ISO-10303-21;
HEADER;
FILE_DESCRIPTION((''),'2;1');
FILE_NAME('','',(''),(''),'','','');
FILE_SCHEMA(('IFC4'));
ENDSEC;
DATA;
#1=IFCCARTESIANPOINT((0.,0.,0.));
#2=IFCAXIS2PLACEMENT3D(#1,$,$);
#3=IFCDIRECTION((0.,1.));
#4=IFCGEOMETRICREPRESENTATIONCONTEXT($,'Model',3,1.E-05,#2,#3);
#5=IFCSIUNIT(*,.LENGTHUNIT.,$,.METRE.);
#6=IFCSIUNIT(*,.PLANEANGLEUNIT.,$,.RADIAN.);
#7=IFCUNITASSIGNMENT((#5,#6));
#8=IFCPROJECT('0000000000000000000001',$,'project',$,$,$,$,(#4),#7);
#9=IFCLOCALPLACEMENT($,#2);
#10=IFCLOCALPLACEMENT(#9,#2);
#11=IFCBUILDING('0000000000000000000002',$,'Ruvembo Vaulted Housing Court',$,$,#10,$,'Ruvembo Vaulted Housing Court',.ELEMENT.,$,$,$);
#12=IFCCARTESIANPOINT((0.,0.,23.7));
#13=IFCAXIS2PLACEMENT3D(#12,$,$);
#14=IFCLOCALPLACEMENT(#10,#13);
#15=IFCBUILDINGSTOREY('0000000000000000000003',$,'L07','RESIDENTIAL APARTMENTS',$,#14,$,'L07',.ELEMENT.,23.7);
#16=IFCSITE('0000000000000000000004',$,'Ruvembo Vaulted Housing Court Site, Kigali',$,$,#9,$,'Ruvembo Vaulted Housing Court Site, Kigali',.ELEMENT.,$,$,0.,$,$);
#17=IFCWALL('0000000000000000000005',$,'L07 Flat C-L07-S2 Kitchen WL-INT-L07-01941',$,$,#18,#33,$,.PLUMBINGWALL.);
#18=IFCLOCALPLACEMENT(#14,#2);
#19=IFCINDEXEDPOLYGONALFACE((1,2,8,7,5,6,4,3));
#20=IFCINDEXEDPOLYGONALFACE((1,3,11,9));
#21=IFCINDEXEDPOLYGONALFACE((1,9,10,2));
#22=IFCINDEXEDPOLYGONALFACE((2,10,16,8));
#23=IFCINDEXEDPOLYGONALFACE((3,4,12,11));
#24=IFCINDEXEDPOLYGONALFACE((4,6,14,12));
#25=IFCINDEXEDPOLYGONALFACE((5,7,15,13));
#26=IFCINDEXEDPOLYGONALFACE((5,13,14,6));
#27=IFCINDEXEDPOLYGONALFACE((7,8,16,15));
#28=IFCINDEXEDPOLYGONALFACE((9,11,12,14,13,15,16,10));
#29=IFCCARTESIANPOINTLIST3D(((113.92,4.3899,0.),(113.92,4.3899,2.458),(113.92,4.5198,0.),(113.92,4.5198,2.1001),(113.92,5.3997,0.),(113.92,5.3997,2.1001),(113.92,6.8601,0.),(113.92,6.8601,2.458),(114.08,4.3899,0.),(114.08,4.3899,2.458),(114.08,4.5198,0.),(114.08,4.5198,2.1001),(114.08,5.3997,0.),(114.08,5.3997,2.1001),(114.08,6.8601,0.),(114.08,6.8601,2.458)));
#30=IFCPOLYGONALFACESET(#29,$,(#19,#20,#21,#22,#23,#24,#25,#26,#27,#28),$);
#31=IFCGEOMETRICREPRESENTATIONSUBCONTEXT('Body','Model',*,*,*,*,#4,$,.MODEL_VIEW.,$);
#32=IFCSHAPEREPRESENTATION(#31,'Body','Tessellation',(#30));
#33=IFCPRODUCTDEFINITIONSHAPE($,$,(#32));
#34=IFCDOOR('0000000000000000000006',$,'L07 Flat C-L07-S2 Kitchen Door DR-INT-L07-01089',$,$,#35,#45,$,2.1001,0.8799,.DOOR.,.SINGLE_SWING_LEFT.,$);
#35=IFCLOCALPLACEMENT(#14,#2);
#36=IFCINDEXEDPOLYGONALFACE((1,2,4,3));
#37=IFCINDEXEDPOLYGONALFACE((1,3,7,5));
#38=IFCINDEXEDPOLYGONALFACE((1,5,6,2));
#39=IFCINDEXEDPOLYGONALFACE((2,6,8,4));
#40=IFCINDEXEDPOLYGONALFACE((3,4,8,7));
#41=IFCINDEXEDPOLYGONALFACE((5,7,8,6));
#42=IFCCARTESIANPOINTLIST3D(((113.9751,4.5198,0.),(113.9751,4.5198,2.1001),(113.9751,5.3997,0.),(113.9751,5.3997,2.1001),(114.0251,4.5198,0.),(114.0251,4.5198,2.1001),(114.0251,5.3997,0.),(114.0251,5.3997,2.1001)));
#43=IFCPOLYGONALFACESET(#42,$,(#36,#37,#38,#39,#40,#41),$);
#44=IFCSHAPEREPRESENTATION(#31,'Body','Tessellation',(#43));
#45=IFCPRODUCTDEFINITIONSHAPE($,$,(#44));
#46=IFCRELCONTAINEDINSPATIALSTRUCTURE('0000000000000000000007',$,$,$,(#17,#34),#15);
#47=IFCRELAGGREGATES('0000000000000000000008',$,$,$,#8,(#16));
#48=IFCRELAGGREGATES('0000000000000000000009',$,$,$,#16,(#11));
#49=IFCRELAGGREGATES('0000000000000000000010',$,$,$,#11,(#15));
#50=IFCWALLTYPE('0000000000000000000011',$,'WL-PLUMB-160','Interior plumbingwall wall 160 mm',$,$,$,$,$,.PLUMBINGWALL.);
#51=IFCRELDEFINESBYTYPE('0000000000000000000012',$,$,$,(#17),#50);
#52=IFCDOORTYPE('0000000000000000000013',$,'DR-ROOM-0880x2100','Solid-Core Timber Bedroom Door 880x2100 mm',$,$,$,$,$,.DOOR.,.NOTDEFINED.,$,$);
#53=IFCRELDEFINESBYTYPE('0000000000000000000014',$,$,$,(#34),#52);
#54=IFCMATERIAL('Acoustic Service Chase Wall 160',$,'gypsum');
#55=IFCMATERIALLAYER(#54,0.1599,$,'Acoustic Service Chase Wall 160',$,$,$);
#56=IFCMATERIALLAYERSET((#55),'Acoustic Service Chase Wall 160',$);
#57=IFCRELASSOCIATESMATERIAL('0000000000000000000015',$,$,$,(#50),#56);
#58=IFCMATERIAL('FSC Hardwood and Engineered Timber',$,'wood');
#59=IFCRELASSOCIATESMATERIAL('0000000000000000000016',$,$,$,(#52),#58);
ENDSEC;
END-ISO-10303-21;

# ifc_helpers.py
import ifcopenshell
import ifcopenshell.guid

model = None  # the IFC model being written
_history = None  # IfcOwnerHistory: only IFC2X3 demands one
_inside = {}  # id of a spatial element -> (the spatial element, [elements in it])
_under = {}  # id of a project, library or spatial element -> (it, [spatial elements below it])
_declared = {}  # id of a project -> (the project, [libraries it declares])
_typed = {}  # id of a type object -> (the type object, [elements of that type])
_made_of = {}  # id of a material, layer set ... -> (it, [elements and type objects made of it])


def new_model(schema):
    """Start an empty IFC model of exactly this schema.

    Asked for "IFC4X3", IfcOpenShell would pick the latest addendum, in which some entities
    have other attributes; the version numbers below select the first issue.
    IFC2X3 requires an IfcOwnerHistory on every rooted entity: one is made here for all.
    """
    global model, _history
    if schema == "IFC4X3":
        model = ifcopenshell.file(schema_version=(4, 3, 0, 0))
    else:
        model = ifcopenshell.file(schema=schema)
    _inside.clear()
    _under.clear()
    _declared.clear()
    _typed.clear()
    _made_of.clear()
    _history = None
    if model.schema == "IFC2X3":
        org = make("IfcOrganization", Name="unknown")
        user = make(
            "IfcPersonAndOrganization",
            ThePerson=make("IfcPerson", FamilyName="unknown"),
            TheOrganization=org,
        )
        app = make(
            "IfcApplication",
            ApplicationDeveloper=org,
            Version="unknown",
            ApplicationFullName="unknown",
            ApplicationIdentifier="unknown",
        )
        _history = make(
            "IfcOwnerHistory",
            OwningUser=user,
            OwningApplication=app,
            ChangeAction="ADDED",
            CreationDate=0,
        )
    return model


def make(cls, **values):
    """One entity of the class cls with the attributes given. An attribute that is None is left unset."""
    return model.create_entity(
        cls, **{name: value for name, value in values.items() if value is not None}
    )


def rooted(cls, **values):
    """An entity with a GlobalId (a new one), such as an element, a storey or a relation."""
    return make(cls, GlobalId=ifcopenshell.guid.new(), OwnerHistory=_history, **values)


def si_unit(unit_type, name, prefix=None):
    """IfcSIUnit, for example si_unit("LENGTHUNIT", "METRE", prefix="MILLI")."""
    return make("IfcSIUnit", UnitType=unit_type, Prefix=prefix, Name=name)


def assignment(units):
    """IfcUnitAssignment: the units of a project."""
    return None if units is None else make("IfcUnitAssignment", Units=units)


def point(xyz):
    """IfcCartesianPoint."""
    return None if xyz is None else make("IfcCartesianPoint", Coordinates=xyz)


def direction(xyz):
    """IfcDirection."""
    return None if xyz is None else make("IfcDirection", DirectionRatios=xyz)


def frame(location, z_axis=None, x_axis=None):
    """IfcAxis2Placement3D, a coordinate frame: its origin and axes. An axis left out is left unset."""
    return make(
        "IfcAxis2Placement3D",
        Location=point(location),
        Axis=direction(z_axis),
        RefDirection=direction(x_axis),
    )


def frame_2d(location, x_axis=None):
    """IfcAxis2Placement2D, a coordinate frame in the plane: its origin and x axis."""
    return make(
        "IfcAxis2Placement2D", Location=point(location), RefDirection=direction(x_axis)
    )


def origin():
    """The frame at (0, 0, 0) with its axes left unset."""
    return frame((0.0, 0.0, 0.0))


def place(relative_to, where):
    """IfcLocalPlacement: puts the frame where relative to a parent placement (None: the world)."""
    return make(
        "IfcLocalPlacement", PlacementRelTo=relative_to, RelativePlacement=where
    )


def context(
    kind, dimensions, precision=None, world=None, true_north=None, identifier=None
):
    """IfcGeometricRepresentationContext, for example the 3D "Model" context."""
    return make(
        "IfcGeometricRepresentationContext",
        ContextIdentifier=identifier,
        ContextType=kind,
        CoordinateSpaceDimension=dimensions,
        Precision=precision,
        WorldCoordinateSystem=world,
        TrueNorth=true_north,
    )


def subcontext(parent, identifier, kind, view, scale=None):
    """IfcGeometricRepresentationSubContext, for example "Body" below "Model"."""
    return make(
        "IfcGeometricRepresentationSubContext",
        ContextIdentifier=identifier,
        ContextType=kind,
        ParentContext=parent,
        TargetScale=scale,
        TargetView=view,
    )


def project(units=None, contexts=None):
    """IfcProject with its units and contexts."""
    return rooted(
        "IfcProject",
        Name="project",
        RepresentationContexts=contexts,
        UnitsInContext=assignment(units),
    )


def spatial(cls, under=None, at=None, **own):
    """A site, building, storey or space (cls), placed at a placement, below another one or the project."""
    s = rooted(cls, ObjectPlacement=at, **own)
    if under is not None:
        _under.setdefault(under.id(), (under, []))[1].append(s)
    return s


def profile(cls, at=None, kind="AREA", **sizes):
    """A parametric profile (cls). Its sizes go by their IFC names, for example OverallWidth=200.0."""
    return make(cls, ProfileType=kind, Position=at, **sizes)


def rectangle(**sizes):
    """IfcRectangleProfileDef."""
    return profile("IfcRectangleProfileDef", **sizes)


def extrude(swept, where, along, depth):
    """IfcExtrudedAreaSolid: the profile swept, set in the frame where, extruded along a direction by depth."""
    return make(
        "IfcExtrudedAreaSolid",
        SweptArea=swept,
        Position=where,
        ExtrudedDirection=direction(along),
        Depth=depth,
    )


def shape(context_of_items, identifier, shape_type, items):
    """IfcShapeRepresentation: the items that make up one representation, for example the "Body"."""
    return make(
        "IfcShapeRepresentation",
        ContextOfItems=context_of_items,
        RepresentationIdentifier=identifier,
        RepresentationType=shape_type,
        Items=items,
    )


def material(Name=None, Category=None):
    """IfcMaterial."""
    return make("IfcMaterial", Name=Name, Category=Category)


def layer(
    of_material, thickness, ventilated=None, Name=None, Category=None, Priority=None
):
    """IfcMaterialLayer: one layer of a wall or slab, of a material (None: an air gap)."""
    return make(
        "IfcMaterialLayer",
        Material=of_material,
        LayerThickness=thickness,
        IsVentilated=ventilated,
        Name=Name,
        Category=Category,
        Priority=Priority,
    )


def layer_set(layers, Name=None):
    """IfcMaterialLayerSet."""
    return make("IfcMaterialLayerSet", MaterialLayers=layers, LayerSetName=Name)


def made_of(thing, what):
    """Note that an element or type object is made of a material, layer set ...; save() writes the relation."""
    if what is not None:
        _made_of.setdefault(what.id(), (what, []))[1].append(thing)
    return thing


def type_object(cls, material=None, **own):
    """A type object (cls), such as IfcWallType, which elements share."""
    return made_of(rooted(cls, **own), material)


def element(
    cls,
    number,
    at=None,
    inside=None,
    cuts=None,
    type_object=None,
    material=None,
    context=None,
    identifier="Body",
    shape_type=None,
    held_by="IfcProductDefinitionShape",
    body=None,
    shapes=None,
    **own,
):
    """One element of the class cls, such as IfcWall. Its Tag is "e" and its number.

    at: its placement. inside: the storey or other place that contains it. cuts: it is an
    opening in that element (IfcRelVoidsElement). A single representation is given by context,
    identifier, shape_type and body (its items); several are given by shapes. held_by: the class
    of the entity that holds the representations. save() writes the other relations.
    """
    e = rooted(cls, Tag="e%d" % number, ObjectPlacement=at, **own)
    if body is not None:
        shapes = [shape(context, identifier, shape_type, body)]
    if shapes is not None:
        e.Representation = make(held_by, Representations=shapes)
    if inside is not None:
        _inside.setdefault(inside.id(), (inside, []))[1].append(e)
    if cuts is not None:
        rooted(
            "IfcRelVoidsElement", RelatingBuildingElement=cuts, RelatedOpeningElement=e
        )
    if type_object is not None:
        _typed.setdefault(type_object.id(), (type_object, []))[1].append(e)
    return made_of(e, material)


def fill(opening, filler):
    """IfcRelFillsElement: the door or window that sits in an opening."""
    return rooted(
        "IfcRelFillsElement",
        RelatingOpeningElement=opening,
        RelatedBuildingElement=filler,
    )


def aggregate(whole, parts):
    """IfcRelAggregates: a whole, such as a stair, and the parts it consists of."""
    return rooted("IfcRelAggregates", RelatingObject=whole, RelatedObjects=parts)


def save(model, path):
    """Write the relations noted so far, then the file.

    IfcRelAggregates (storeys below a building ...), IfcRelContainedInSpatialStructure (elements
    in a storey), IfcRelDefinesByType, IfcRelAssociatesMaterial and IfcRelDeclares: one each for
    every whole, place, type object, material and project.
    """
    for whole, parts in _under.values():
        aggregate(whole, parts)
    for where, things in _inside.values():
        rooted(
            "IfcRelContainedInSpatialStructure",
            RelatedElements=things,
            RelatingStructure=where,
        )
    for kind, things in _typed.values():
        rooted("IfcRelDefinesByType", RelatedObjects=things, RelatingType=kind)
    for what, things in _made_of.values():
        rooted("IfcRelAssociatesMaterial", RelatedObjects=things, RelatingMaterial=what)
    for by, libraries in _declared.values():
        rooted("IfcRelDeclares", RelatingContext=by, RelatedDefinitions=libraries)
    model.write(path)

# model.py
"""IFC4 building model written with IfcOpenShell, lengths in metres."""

from ifc_helpers import new_model, si_unit, direction, frame, frame_2d, origin, place, context, subcontext, project, spatial, rectangle, extrude, material, layer, layer_set, type_object, element, fill, save


model = new_model("IFC4")

# Units and contexts
model_context = context("Model", 3, precision=1e-05, world=origin(), true_north=direction((0.0, 1.0)))
body_context = subcontext(model_context, "Body", "Model", "MODEL_VIEW")
ifc_project = project(units=[si_unit("LENGTHUNIT", "METRE"), si_unit("PLANEANGLEUNIT", "RADIAN")], contexts=[model_context])

# Site, building, storey
site_placement = place(None, origin())
site = spatial("IfcSite", under=ifc_project, at=site_placement, Name="Ruvembo Vaulted Housing Court Site, Kigali", LongName="Ruvembo Vaulted Housing Court Site, Kigali", CompositionType="ELEMENT", RefElevation=0.0)
building_placement = place(site_placement, origin())
building = spatial("IfcBuilding", under=site, at=building_placement, Name="Ruvembo Vaulted Housing Court", LongName="Ruvembo Vaulted Housing Court", CompositionType="ELEMENT")
storey_placement = place(building_placement, frame((0.0, 0.0, 23.7)))
storey = spatial("IfcBuildingStorey", under=building, at=storey_placement, Name="L07", Description="RESIDENTIAL APARTMENTS", LongName="L07", CompositionType="ELEMENT", Elevation=23.7)

# Shared definitions
ifc_material_1 = material(Name="FSC Hardwood and Engineered Timber", Category="wood")

# Wall, opening, door
ifc_material_2 = material(Name="Acoustic Service Chase Wall 160", Category="gypsum")
ifc_layer_1 = layer(ifc_material_2, 0.1599, Name="Acoustic Service Chase Wall 160")
ifc_layer_set_1 = layer_set([ifc_layer_1], Name="Acoustic Service Chase Wall 160")
wall_type_1 = type_object("IfcWallType", Name="WL-PLUMB-160", Description="Interior plumbingwall wall 160 mm", PredefinedType="PLUMBINGWALL", material=ifc_layer_set_1)
wall_1_placement = place(storey_placement, frame((114.0, 4.3899, 0.0), z_axis=(0.0, 0.0, 1.0), x_axis=(0.0, 1.0, 0.0)))
wall_1 = element("IfcWall", 1, at=wall_1_placement, inside=storey, type_object=wall_type_1, Name="L07 Flat C-L07-S2 Kitchen WL-INT-L07-01941", PredefinedType="PLUMBINGWALL", context=body_context, shape_type="SweptSolid", body=[
    extrude(rectangle(XDim=2.4702, YDim=0.1599, at=frame_2d((1.2351, 0.0))), origin(), (0.0, 0.0, 1.0), 2.458),
])
opening_1_placement = place(wall_1_placement, frame((0.1299, 0.0, 0.0)))
opening_1 = element("IfcOpeningElement", 2, at=opening_1_placement, cuts=wall_1, PredefinedType="OPENING", context=body_context, shape_type="SweptSolid", body=[
    extrude(rectangle(XDim=0.8799, YDim=2.1001, at=frame_2d((0.4399, 1.05))), frame((0.0, 0.0898, 0.0), z_axis=(0.0, -1.0, 0.0), x_axis=(1.0, 0.0, 0.0)), (0.0, 0.0, 1.0), 0.1799),
])
door_type_1 = type_object("IfcDoorType", Name="DR-ROOM-0880x2100", Description="Solid-Core Timber Bedroom Door 880x2100 mm", OperationType="NOTDEFINED", PredefinedType="DOOR", material=ifc_material_1)
door_1_placement = place(opening_1_placement, origin())
door_1 = element("IfcDoor", 3, at=door_1_placement, inside=storey, type_object=door_type_1, Name="L07 Flat C-L07-S2 Kitchen Door DR-INT-L07-01089", OperationType="SINGLE_SWING_LEFT", OverallHeight=2.1001, OverallWidth=0.8799, PredefinedType="DOOR", context=body_context, shape_type="SweptSolid", body=[
    extrude(rectangle(XDim=0.8799, YDim=2.1001, at=frame_2d((0.4399, 1.05))), frame((0.0, 0.0249, 0.0), z_axis=(0.0, -1.0, 0.0), x_axis=(1.0, 0.0, 0.0)), (0.0, 0.0, 1.0), 0.05),
])
fill(opening_1, door_1)

save(model, "model.ifc")
